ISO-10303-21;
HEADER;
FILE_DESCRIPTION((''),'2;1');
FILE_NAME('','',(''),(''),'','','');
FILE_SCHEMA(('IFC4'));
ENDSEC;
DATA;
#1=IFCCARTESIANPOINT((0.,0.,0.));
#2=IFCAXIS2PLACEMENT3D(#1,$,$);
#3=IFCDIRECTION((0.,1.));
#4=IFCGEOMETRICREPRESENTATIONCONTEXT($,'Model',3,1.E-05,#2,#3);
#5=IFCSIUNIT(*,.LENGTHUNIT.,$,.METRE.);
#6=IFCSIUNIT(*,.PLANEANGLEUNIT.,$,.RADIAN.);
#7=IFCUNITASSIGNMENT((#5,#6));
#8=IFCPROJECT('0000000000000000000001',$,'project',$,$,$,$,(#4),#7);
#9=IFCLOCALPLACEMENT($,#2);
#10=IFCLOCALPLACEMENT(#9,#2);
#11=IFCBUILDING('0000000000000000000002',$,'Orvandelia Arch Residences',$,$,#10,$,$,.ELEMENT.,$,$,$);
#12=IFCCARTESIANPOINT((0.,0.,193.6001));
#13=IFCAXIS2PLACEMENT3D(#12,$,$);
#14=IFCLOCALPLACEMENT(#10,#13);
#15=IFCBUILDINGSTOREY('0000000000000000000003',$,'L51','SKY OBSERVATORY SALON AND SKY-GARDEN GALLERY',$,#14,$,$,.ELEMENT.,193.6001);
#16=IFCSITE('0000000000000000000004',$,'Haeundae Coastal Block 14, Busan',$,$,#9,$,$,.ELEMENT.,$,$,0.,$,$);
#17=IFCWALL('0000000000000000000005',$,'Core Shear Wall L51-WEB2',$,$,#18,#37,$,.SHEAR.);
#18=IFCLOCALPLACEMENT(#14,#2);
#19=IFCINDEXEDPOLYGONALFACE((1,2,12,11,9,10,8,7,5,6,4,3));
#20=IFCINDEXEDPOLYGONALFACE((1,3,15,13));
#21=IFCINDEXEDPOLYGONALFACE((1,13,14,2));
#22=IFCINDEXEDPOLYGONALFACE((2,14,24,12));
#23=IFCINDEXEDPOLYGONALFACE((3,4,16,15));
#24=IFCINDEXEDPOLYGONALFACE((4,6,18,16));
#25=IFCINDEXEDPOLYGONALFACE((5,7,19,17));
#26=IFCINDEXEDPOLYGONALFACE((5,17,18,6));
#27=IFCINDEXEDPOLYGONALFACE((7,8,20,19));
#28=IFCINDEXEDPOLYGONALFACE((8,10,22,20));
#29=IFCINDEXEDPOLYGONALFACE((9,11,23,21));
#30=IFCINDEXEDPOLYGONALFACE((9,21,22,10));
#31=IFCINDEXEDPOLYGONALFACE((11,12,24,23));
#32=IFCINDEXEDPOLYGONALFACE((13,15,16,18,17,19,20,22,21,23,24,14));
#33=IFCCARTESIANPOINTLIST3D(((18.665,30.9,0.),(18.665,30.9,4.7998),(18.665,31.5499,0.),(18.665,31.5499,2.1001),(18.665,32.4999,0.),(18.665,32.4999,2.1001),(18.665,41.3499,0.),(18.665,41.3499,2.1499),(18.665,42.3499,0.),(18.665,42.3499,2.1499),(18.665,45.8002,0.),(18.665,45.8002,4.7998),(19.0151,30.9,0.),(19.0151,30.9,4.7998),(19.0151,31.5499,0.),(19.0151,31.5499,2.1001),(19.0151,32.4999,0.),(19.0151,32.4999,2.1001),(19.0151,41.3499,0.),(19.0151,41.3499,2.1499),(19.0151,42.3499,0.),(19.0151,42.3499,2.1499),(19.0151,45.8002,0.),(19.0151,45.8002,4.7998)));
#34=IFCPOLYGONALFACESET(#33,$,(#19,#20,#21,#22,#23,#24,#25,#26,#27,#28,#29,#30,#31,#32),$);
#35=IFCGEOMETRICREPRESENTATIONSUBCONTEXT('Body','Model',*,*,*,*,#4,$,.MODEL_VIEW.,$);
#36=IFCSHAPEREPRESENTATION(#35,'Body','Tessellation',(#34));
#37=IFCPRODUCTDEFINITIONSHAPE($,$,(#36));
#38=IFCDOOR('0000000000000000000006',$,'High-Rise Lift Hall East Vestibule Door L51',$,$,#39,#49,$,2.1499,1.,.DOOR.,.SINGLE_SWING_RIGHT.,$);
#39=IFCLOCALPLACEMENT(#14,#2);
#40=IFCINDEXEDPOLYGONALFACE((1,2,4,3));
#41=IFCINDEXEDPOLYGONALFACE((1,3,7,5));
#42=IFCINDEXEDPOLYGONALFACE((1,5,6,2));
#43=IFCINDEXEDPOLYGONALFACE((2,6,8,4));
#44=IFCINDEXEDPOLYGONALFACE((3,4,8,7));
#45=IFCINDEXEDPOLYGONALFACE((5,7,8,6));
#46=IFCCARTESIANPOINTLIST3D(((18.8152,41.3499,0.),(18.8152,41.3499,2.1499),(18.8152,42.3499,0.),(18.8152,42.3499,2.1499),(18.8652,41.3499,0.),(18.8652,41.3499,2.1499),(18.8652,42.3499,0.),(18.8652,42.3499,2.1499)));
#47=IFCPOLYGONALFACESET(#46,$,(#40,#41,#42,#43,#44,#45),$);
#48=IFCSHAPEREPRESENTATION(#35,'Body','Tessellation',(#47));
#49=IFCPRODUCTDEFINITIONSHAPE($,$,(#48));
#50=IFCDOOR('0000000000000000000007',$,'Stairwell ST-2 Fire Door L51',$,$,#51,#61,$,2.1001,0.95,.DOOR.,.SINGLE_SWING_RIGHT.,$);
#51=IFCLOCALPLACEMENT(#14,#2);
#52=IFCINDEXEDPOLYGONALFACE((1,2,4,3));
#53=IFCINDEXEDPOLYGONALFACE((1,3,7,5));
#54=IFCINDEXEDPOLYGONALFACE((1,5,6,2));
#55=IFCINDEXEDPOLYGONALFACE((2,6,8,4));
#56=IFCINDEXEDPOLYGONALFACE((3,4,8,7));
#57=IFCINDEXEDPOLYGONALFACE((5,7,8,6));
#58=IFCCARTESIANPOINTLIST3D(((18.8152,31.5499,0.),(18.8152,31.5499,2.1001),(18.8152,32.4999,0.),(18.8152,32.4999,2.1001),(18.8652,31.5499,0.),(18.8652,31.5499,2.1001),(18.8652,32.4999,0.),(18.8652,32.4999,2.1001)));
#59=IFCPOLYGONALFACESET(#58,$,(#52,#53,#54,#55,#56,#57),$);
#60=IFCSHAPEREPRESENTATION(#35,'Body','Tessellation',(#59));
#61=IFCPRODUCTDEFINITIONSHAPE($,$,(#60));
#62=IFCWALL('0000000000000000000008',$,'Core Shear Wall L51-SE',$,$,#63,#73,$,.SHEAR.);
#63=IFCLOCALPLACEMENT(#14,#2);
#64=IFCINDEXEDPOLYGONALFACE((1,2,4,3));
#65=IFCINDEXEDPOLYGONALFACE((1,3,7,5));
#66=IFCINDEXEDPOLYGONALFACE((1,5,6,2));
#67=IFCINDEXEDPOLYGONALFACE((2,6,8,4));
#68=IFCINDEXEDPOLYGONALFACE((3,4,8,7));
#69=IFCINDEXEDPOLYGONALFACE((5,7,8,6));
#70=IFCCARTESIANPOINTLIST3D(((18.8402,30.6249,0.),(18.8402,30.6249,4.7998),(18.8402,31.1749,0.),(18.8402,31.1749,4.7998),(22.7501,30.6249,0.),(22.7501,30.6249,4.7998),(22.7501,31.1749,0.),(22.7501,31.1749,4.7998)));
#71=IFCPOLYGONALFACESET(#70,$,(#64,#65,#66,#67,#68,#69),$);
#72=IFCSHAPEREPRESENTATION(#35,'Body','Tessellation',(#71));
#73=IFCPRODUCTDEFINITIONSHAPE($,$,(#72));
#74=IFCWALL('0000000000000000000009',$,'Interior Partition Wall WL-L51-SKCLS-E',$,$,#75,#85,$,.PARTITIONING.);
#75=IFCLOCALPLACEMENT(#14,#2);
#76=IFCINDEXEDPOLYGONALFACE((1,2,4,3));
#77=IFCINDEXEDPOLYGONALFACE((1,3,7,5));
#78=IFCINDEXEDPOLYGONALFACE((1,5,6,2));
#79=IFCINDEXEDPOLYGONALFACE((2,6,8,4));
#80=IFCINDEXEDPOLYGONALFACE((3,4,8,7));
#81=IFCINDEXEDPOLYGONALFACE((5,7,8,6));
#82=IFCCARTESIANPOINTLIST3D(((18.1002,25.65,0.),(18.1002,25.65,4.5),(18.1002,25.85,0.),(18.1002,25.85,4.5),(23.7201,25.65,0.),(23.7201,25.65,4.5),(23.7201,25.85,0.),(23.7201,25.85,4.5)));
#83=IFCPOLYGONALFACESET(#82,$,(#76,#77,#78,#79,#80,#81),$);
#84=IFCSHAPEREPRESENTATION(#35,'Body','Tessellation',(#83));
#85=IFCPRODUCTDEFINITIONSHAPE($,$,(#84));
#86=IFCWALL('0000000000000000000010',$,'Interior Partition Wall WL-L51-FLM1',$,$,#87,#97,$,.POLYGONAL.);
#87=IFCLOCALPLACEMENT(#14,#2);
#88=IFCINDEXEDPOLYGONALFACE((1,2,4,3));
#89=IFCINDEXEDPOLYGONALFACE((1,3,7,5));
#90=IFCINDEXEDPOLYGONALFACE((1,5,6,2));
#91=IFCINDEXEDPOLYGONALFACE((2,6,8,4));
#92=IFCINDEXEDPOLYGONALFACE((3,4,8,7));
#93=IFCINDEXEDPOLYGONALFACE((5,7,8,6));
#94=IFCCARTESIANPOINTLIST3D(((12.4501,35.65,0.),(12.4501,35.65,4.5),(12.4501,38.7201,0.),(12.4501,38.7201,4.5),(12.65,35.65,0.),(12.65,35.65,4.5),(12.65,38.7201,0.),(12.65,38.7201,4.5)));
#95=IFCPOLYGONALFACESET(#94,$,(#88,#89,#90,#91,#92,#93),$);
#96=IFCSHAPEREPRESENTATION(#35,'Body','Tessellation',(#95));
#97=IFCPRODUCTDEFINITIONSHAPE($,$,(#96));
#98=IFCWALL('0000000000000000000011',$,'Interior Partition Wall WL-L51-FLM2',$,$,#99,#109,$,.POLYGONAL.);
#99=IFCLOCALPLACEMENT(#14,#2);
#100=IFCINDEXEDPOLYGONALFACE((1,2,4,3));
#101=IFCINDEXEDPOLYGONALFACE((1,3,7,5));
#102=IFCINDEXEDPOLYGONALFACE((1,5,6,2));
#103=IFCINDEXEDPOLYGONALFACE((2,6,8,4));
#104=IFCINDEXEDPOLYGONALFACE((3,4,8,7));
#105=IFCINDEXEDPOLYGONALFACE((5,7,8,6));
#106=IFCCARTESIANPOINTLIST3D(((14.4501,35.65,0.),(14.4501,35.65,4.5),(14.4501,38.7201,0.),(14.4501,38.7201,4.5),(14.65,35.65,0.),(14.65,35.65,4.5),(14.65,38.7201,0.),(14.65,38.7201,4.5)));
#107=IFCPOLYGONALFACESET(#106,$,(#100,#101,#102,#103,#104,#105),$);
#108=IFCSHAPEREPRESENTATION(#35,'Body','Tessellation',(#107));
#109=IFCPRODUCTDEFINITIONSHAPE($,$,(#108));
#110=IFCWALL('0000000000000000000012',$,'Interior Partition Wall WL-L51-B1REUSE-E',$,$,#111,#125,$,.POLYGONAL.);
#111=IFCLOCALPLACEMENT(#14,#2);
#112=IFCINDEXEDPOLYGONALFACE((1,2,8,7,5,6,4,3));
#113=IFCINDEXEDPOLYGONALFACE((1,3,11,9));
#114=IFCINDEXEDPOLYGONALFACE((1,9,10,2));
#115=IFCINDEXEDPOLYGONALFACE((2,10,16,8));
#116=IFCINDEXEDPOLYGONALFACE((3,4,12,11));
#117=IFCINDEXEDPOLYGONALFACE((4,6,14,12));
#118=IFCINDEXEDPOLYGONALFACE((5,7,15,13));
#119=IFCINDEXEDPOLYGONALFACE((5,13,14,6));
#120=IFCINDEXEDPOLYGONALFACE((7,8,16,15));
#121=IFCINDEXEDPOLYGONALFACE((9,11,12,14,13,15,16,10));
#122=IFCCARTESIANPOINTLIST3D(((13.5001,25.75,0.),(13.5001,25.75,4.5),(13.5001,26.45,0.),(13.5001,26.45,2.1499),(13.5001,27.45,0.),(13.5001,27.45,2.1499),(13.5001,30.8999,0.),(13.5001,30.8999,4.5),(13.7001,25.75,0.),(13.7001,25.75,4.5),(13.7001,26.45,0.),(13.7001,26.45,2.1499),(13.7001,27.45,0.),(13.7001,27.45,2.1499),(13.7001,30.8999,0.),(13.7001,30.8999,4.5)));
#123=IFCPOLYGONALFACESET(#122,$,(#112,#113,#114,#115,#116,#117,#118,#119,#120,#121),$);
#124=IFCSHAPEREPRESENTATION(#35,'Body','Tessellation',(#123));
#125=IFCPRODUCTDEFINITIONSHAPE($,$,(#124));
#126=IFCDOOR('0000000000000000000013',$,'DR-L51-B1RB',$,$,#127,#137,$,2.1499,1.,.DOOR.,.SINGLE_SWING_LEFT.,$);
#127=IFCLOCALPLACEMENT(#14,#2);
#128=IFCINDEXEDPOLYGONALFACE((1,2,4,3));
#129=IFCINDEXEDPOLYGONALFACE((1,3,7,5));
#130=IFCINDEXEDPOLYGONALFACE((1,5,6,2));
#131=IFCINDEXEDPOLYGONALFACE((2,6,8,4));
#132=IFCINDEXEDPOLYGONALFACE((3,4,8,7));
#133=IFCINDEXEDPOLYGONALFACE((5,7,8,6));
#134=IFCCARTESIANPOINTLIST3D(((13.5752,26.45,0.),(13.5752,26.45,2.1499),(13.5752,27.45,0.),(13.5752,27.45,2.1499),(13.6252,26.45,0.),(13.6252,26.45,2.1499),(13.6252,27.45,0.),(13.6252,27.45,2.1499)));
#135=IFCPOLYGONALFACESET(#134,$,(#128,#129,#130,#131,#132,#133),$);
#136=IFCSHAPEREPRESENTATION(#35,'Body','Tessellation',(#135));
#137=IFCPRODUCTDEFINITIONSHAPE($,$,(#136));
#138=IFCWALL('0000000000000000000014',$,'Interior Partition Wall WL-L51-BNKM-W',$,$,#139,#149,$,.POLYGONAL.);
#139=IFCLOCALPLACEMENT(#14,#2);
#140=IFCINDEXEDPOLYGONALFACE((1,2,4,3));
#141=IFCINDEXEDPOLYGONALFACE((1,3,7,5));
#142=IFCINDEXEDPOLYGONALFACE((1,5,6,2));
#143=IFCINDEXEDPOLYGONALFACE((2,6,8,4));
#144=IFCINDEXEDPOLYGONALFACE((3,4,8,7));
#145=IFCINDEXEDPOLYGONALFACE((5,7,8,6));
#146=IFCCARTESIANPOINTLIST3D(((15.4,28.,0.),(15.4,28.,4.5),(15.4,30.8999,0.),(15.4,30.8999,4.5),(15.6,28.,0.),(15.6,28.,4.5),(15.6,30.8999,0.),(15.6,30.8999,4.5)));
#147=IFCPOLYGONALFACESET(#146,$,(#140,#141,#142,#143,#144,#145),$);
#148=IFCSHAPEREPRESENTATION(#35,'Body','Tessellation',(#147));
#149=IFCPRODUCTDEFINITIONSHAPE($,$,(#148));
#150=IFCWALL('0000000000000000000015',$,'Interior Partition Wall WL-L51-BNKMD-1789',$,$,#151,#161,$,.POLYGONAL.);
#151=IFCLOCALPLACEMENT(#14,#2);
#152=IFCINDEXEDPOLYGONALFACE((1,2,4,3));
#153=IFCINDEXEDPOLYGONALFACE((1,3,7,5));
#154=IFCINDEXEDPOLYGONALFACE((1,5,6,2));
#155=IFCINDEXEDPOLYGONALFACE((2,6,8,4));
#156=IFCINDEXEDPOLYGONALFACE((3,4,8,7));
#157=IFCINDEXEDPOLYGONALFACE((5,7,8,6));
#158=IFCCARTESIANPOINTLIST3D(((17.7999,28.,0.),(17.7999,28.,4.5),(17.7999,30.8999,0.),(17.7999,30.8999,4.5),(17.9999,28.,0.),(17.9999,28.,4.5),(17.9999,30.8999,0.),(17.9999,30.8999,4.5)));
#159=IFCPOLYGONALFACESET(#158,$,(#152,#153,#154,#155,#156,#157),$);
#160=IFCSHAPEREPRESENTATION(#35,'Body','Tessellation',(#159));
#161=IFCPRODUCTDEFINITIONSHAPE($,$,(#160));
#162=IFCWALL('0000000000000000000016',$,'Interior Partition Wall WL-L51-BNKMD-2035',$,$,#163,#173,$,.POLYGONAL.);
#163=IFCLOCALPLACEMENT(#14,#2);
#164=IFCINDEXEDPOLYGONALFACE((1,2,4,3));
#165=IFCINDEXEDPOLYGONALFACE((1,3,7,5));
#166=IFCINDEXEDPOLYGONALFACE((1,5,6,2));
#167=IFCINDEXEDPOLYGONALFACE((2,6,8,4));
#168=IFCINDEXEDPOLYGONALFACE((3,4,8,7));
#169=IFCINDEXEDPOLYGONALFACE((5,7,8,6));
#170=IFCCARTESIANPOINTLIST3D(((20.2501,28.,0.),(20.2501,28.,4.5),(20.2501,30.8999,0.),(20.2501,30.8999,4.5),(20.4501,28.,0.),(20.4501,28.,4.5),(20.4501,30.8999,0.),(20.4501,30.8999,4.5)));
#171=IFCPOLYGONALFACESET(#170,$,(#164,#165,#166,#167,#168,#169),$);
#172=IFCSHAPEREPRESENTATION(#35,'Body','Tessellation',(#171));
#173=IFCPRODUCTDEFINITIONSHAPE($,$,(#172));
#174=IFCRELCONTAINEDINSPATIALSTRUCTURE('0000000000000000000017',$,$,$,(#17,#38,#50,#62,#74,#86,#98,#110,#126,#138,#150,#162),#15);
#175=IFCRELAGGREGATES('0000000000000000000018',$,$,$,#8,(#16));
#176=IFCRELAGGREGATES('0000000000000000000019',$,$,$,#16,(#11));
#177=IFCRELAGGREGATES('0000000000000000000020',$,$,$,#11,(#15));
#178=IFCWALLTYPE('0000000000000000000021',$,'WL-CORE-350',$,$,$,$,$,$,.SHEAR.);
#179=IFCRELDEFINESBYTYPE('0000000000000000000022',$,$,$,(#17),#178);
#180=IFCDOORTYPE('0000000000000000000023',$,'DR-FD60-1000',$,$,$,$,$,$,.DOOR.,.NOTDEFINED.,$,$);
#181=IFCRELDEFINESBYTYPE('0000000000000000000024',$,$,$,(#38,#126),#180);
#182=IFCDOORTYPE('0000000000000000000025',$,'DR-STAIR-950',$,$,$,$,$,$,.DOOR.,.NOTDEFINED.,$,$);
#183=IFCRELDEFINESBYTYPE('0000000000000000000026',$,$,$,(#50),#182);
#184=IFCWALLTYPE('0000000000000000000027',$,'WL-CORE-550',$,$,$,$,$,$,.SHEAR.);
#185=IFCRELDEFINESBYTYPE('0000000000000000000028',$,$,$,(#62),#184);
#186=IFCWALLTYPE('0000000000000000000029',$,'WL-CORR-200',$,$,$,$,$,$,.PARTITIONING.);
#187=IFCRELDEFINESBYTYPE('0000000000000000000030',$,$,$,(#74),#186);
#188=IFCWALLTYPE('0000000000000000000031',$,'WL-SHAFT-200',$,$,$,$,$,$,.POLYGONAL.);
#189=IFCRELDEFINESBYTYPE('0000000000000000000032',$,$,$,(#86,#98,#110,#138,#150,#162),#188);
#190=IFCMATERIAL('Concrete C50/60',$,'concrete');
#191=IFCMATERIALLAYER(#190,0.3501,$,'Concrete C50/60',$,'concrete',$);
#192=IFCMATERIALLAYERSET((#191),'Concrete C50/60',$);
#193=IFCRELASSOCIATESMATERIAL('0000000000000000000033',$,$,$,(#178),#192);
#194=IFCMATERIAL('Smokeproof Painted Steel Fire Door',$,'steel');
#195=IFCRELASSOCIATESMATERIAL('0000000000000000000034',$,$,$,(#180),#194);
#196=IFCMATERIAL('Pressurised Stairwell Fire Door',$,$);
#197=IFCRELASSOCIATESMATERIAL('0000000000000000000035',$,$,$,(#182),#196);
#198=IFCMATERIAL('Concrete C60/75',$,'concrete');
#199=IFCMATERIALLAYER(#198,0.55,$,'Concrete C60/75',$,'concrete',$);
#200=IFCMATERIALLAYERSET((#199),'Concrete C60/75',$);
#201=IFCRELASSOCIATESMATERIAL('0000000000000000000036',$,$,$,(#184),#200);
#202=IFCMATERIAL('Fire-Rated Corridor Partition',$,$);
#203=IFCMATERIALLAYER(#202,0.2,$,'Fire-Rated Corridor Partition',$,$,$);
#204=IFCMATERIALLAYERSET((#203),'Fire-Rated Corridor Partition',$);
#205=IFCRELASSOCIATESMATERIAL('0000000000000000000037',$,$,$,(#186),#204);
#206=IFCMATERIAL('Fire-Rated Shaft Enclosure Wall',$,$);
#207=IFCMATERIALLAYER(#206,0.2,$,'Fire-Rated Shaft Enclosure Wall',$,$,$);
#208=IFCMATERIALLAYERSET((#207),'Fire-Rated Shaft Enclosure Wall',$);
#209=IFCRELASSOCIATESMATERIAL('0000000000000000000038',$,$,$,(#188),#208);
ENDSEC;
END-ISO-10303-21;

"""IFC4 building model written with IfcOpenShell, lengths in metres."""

from ifc_helpers import new_model, si_unit, direction, frame, frame_2d, origin, place, context, subcontext, project, spatial, rectangle, extrude, material, layer, layer_set, type_object, element, fill, save


model = new_model("IFC4")

# Units and contexts
model_context = context("Model", 3, precision=1e-05, world=origin(), true_north=direction((0.0, 1.0)))
body_context = subcontext(model_context, "Body", "Model", "MODEL_VIEW")
ifc_project = project(units=[si_unit("LENGTHUNIT", "METRE"), si_unit("PLANEANGLEUNIT", "RADIAN")], contexts=[model_context])

# Site, building, storey
site_placement = place(None, origin())
site = spatial("IfcSite", under=ifc_project, at=site_placement, Name="Haeundae Coastal Block 14, Busan", CompositionType="ELEMENT", RefElevation=0.0)
building_placement = place(site_placement, origin())
building = spatial("IfcBuilding", under=site, at=building_placement, Name="Orvandelia Arch Residences", CompositionType="ELEMENT")
storey_placement = place(building_placement, frame((0.0, 0.0, 193.6001)))
storey = spatial("IfcBuildingStorey", under=building, at=storey_placement, Name="L51", Description="SKY OBSERVATORY SALON AND SKY-GARDEN GALLERY", CompositionType="ELEMENT", Elevation=193.6001)

# Wall, openings, doors
ifc_material_1 = material(Name="Concrete C50/60", Category="concrete")
ifc_layer_1 = layer(ifc_material_1, 0.3501, Name="Concrete C50/60", Category="concrete")
ifc_layer_set_1 = layer_set([ifc_layer_1], Name="Concrete C50/60")
wall_type_1 = type_object("IfcWallType", Name="WL-CORE-350", PredefinedType="SHEAR", material=ifc_layer_set_1)
wall_1_placement = place(storey_placement, frame((18.8401, 30.8999, 0.0), z_axis=(0.0, 0.0, 1.0), x_axis=(0.0, 1.0, 0.0)))
wall_1 = element("IfcWall", 1, at=wall_1_placement, inside=storey, type_object=wall_type_1, Name="Core Shear Wall L51-WEB2", PredefinedType="SHEAR", context=body_context, shape_type="SweptSolid", body=[
    extrude(rectangle(XDim=14.9001, YDim=0.3501, at=frame_2d((7.4502, 0.0))), origin(), (0.0, 0.0, 1.0), 4.7998),
])
opening_1_placement = place(wall_1_placement, frame((0.6499, 0.0, 0.0)))
opening_1 = element("IfcOpeningElement", 2, at=opening_1_placement, cuts=wall_1, PredefinedType="OPENING", context=body_context, shape_type="SweptSolid", body=[
    extrude(rectangle(XDim=0.95, YDim=2.1001, at=frame_2d((0.4751, 1.05))), frame((0.0, 0.1851, 0.0), z_axis=(0.0, -1.0, 0.0), x_axis=(1.0, 0.0, 0.0)), (0.0, 0.0, 1.0), 0.3701),
])
opening_2_placement = place(wall_1_placement, frame((10.45, 0.0, 0.0)))
opening_2 = element("IfcOpeningElement", 3, at=opening_2_placement, cuts=wall_1, PredefinedType="OPENING", context=body_context, shape_type="SweptSolid", body=[
    extrude(rectangle(XDim=1.0, YDim=2.1499, at=frame_2d((0.5, 1.075))), frame((0.0, 0.1851, 0.0), z_axis=(0.0, -1.0, 0.0), x_axis=(1.0, 0.0, 0.0)), (0.0, 0.0, 1.0), 0.3701),
])
ifc_material_2 = material(Name="Smokeproof Painted Steel Fire Door", Category="steel")
door_type_1 = type_object("IfcDoorType", Name="DR-FD60-1000", OperationType="NOTDEFINED", PredefinedType="DOOR", material=ifc_material_2)
door_1_placement = place(opening_2_placement, origin())
door_1 = element("IfcDoor", 4, at=door_1_placement, inside=storey, type_object=door_type_1, Name="High-Rise Lift Hall East Vestibule Door L51", OperationType="SINGLE_SWING_RIGHT", OverallHeight=2.1499, OverallWidth=1.0, PredefinedType="DOOR", context=body_context, shape_type="SweptSolid", body=[
    extrude(rectangle(XDim=1.0, YDim=2.1499, at=frame_2d((0.5, 1.075))), frame((0.0, 0.0249, 0.0), z_axis=(0.0, -1.0, 0.0), x_axis=(1.0, 0.0, 0.0)), (0.0, 0.0, 1.0), 0.05),
])
fill(opening_2, door_1)
ifc_material_3 = material(Name="Pressurised Stairwell Fire Door")
door_type_2 = type_object("IfcDoorType", Name="DR-STAIR-950", OperationType="NOTDEFINED", PredefinedType="DOOR", material=ifc_material_3)
door_2_placement = place(opening_1_placement, origin())
door_2 = element("IfcDoor", 5, at=door_2_placement, inside=storey, type_object=door_type_2, Name="Stairwell ST-2 Fire Door L51", OperationType="SINGLE_SWING_RIGHT", OverallHeight=2.1001, OverallWidth=0.95, PredefinedType="DOOR", context=body_context, shape_type="SweptSolid", body=[
    extrude(rectangle(XDim=0.95, YDim=2.1001, at=frame_2d((0.4751, 1.05))), frame((0.0, 0.0249, 0.0), z_axis=(0.0, -1.0, 0.0), x_axis=(1.0, 0.0, 0.0)), (0.0, 0.0, 1.0), 0.05),
])
fill(opening_1, door_2)

# Walls
ifc_material_4 = material(Name="Concrete C60/75", Category="concrete")
ifc_layer_2 = layer(ifc_material_4, 0.55, Name="Concrete C60/75", Category="concrete")
ifc_layer_set_2 = layer_set([ifc_layer_2], Name="Concrete C60/75")
wall_type_2 = type_object("IfcWallType", Name="WL-CORE-550", PredefinedType="SHEAR", material=ifc_layer_set_2)
wall_2_placement = place(storey_placement, frame((18.8401, 30.8999, 0.0), z_axis=(0.0, 0.0, 1.0), x_axis=(1.0, 0.0, 0.0)))
element("IfcWall", 6, at=wall_2_placement, inside=storey, type_object=wall_type_2, Name="Core Shear Wall L51-SE", PredefinedType="SHEAR", context=body_context, shape_type="SweptSolid", body=[
    extrude(rectangle(XDim=3.9099, YDim=0.55, at=frame_2d((1.9551, 0.0))), origin(), (0.0, 0.0, 1.0), 4.7998),
])
ifc_material_5 = material(Name="Fire-Rated Corridor Partition")
ifc_layer_3 = layer(ifc_material_5, 0.2, Name="Fire-Rated Corridor Partition")
ifc_layer_set_3 = layer_set([ifc_layer_3], Name="Fire-Rated Corridor Partition")
wall_type_3 = type_object("IfcWallType", Name="WL-CORR-200", PredefinedType="PARTITIONING", material=ifc_layer_set_3)
wall_3_placement = place(storey_placement, frame((18.1001, 25.75, 0.0), z_axis=(0.0, 0.0, 1.0), x_axis=(1.0, 0.0, 0.0)))
element("IfcWall", 7, at=wall_3_placement, inside=storey, type_object=wall_type_3, Name="Interior Partition Wall WL-L51-SKCLS-E", PredefinedType="PARTITIONING", context=body_context, shape_type="SweptSolid", body=[
    extrude(rectangle(XDim=5.6199, YDim=0.2, at=frame_2d((2.8101, 0.0))), origin(), (0.0, 0.0, 1.0), 4.5),
])
ifc_material_6 = material(Name="Fire-Rated Shaft Enclosure Wall")
ifc_layer_4 = layer(ifc_material_6, 0.2, Name="Fire-Rated Shaft Enclosure Wall")
ifc_layer_set_4 = layer_set([ifc_layer_4], Name="Fire-Rated Shaft Enclosure Wall")
wall_type_4 = type_object("IfcWallType", Name="WL-SHAFT-200", PredefinedType="POLYGONAL", material=ifc_layer_set_4)
for number, where, z_axis, x_axis, name in (
    (8, (12.55, 35.6499, 0.0), (0.0, 0.0, 1.0), (0.0, 1.0, 0.0), "Interior Partition Wall WL-L51-FLM1"),
    (9, (14.55, 35.6499, 0.0), (0.0, 0.0, 1.0), (0.0, 1.0, 0.0), "Interior Partition Wall WL-L51-FLM2"),
):
    element("IfcWall", number, at=place(storey_placement, frame(where, z_axis=z_axis, x_axis=x_axis)), inside=storey, type_object=wall_type_4, Name=name, PredefinedType="POLYGONAL", context=body_context, shape_type="SweptSolid", body=[
        extrude(rectangle(XDim=3.0701, YDim=0.2, at=frame_2d((1.5352, 0.0))), origin(), (0.0, 0.0, 1.0), 4.5),
    ])

# Wall, opening, door
wall_4_placement = place(storey_placement, frame((13.6001, 25.75, 0.0), z_axis=(0.0, 0.0, 1.0), x_axis=(0.0, 1.0, 0.0)))
wall_4 = element("IfcWall", 10, at=wall_4_placement, inside=storey, type_object=wall_type_4, Name="Interior Partition Wall WL-L51-B1REUSE-E", PredefinedType="POLYGONAL", context=body_context, shape_type="SweptSolid", body=[
    extrude(rectangle(XDim=5.1499, YDim=0.2, at=frame_2d((2.575, 0.0))), origin(), (0.0, 0.0, 1.0), 4.5),
])
opening_3_placement = place(wall_4_placement, frame((0.7, 0.0, 0.0)))
opening_3 = element("IfcOpeningElement", 11, at=opening_3_placement, cuts=wall_4, PredefinedType="OPENING", context=body_context, shape_type="SweptSolid", body=[
    extrude(rectangle(XDim=1.0, YDim=2.1499, at=frame_2d((0.5, 1.075))), frame((0.0, 0.1099, 0.0), z_axis=(0.0, -1.0, 0.0), x_axis=(1.0, 0.0, 0.0)), (0.0, 0.0, 1.0), 0.22),
])
door_3_placement = place(opening_3_placement, origin())
door_3 = element("IfcDoor", 12, at=door_3_placement, inside=storey, type_object=door_type_1, Name="DR-L51-B1RB", OperationType="SINGLE_SWING_LEFT", OverallHeight=2.1499, OverallWidth=1.0, PredefinedType="DOOR", context=body_context, shape_type="SweptSolid", body=[
    extrude(rectangle(XDim=1.0, YDim=2.1499, at=frame_2d((0.5, 1.075))), frame((0.0, 0.0249, 0.0), z_axis=(0.0, -1.0, 0.0), x_axis=(1.0, 0.0, 0.0)), (0.0, 0.0, 1.0), 0.05),
])
fill(opening_3, door_3)

# Walls
for number, where, z_axis, x_axis, name in (
    (13, (15.5, 28.0, 0.0), (0.0, 0.0, 1.0), (0.0, 1.0, 0.0), "Interior Partition Wall WL-L51-BNKM-W"),
    (14, (17.8999, 28.0, 0.0), (0.0, 0.0, 1.0), (0.0, 1.0, 0.0), "Interior Partition Wall WL-L51-BNKMD-1789"),
    (15, (20.3501, 28.0, 0.0), (0.0, 0.0, 1.0), (0.0, 1.0, 0.0), "Interior Partition Wall WL-L51-BNKMD-2035"),
):
    element("IfcWall", number, at=place(storey_placement, frame(where, z_axis=z_axis, x_axis=x_axis)), inside=storey, type_object=wall_type_4, Name=name, PredefinedType="POLYGONAL", context=body_context, shape_type="SweptSolid", body=[
        extrude(rectangle(XDim=2.8999, YDim=0.2, at=frame_2d((1.45, 0.0))), origin(), (0.0, 0.0, 1.0), 4.5),
    ])

save(model, "model.ifc")
